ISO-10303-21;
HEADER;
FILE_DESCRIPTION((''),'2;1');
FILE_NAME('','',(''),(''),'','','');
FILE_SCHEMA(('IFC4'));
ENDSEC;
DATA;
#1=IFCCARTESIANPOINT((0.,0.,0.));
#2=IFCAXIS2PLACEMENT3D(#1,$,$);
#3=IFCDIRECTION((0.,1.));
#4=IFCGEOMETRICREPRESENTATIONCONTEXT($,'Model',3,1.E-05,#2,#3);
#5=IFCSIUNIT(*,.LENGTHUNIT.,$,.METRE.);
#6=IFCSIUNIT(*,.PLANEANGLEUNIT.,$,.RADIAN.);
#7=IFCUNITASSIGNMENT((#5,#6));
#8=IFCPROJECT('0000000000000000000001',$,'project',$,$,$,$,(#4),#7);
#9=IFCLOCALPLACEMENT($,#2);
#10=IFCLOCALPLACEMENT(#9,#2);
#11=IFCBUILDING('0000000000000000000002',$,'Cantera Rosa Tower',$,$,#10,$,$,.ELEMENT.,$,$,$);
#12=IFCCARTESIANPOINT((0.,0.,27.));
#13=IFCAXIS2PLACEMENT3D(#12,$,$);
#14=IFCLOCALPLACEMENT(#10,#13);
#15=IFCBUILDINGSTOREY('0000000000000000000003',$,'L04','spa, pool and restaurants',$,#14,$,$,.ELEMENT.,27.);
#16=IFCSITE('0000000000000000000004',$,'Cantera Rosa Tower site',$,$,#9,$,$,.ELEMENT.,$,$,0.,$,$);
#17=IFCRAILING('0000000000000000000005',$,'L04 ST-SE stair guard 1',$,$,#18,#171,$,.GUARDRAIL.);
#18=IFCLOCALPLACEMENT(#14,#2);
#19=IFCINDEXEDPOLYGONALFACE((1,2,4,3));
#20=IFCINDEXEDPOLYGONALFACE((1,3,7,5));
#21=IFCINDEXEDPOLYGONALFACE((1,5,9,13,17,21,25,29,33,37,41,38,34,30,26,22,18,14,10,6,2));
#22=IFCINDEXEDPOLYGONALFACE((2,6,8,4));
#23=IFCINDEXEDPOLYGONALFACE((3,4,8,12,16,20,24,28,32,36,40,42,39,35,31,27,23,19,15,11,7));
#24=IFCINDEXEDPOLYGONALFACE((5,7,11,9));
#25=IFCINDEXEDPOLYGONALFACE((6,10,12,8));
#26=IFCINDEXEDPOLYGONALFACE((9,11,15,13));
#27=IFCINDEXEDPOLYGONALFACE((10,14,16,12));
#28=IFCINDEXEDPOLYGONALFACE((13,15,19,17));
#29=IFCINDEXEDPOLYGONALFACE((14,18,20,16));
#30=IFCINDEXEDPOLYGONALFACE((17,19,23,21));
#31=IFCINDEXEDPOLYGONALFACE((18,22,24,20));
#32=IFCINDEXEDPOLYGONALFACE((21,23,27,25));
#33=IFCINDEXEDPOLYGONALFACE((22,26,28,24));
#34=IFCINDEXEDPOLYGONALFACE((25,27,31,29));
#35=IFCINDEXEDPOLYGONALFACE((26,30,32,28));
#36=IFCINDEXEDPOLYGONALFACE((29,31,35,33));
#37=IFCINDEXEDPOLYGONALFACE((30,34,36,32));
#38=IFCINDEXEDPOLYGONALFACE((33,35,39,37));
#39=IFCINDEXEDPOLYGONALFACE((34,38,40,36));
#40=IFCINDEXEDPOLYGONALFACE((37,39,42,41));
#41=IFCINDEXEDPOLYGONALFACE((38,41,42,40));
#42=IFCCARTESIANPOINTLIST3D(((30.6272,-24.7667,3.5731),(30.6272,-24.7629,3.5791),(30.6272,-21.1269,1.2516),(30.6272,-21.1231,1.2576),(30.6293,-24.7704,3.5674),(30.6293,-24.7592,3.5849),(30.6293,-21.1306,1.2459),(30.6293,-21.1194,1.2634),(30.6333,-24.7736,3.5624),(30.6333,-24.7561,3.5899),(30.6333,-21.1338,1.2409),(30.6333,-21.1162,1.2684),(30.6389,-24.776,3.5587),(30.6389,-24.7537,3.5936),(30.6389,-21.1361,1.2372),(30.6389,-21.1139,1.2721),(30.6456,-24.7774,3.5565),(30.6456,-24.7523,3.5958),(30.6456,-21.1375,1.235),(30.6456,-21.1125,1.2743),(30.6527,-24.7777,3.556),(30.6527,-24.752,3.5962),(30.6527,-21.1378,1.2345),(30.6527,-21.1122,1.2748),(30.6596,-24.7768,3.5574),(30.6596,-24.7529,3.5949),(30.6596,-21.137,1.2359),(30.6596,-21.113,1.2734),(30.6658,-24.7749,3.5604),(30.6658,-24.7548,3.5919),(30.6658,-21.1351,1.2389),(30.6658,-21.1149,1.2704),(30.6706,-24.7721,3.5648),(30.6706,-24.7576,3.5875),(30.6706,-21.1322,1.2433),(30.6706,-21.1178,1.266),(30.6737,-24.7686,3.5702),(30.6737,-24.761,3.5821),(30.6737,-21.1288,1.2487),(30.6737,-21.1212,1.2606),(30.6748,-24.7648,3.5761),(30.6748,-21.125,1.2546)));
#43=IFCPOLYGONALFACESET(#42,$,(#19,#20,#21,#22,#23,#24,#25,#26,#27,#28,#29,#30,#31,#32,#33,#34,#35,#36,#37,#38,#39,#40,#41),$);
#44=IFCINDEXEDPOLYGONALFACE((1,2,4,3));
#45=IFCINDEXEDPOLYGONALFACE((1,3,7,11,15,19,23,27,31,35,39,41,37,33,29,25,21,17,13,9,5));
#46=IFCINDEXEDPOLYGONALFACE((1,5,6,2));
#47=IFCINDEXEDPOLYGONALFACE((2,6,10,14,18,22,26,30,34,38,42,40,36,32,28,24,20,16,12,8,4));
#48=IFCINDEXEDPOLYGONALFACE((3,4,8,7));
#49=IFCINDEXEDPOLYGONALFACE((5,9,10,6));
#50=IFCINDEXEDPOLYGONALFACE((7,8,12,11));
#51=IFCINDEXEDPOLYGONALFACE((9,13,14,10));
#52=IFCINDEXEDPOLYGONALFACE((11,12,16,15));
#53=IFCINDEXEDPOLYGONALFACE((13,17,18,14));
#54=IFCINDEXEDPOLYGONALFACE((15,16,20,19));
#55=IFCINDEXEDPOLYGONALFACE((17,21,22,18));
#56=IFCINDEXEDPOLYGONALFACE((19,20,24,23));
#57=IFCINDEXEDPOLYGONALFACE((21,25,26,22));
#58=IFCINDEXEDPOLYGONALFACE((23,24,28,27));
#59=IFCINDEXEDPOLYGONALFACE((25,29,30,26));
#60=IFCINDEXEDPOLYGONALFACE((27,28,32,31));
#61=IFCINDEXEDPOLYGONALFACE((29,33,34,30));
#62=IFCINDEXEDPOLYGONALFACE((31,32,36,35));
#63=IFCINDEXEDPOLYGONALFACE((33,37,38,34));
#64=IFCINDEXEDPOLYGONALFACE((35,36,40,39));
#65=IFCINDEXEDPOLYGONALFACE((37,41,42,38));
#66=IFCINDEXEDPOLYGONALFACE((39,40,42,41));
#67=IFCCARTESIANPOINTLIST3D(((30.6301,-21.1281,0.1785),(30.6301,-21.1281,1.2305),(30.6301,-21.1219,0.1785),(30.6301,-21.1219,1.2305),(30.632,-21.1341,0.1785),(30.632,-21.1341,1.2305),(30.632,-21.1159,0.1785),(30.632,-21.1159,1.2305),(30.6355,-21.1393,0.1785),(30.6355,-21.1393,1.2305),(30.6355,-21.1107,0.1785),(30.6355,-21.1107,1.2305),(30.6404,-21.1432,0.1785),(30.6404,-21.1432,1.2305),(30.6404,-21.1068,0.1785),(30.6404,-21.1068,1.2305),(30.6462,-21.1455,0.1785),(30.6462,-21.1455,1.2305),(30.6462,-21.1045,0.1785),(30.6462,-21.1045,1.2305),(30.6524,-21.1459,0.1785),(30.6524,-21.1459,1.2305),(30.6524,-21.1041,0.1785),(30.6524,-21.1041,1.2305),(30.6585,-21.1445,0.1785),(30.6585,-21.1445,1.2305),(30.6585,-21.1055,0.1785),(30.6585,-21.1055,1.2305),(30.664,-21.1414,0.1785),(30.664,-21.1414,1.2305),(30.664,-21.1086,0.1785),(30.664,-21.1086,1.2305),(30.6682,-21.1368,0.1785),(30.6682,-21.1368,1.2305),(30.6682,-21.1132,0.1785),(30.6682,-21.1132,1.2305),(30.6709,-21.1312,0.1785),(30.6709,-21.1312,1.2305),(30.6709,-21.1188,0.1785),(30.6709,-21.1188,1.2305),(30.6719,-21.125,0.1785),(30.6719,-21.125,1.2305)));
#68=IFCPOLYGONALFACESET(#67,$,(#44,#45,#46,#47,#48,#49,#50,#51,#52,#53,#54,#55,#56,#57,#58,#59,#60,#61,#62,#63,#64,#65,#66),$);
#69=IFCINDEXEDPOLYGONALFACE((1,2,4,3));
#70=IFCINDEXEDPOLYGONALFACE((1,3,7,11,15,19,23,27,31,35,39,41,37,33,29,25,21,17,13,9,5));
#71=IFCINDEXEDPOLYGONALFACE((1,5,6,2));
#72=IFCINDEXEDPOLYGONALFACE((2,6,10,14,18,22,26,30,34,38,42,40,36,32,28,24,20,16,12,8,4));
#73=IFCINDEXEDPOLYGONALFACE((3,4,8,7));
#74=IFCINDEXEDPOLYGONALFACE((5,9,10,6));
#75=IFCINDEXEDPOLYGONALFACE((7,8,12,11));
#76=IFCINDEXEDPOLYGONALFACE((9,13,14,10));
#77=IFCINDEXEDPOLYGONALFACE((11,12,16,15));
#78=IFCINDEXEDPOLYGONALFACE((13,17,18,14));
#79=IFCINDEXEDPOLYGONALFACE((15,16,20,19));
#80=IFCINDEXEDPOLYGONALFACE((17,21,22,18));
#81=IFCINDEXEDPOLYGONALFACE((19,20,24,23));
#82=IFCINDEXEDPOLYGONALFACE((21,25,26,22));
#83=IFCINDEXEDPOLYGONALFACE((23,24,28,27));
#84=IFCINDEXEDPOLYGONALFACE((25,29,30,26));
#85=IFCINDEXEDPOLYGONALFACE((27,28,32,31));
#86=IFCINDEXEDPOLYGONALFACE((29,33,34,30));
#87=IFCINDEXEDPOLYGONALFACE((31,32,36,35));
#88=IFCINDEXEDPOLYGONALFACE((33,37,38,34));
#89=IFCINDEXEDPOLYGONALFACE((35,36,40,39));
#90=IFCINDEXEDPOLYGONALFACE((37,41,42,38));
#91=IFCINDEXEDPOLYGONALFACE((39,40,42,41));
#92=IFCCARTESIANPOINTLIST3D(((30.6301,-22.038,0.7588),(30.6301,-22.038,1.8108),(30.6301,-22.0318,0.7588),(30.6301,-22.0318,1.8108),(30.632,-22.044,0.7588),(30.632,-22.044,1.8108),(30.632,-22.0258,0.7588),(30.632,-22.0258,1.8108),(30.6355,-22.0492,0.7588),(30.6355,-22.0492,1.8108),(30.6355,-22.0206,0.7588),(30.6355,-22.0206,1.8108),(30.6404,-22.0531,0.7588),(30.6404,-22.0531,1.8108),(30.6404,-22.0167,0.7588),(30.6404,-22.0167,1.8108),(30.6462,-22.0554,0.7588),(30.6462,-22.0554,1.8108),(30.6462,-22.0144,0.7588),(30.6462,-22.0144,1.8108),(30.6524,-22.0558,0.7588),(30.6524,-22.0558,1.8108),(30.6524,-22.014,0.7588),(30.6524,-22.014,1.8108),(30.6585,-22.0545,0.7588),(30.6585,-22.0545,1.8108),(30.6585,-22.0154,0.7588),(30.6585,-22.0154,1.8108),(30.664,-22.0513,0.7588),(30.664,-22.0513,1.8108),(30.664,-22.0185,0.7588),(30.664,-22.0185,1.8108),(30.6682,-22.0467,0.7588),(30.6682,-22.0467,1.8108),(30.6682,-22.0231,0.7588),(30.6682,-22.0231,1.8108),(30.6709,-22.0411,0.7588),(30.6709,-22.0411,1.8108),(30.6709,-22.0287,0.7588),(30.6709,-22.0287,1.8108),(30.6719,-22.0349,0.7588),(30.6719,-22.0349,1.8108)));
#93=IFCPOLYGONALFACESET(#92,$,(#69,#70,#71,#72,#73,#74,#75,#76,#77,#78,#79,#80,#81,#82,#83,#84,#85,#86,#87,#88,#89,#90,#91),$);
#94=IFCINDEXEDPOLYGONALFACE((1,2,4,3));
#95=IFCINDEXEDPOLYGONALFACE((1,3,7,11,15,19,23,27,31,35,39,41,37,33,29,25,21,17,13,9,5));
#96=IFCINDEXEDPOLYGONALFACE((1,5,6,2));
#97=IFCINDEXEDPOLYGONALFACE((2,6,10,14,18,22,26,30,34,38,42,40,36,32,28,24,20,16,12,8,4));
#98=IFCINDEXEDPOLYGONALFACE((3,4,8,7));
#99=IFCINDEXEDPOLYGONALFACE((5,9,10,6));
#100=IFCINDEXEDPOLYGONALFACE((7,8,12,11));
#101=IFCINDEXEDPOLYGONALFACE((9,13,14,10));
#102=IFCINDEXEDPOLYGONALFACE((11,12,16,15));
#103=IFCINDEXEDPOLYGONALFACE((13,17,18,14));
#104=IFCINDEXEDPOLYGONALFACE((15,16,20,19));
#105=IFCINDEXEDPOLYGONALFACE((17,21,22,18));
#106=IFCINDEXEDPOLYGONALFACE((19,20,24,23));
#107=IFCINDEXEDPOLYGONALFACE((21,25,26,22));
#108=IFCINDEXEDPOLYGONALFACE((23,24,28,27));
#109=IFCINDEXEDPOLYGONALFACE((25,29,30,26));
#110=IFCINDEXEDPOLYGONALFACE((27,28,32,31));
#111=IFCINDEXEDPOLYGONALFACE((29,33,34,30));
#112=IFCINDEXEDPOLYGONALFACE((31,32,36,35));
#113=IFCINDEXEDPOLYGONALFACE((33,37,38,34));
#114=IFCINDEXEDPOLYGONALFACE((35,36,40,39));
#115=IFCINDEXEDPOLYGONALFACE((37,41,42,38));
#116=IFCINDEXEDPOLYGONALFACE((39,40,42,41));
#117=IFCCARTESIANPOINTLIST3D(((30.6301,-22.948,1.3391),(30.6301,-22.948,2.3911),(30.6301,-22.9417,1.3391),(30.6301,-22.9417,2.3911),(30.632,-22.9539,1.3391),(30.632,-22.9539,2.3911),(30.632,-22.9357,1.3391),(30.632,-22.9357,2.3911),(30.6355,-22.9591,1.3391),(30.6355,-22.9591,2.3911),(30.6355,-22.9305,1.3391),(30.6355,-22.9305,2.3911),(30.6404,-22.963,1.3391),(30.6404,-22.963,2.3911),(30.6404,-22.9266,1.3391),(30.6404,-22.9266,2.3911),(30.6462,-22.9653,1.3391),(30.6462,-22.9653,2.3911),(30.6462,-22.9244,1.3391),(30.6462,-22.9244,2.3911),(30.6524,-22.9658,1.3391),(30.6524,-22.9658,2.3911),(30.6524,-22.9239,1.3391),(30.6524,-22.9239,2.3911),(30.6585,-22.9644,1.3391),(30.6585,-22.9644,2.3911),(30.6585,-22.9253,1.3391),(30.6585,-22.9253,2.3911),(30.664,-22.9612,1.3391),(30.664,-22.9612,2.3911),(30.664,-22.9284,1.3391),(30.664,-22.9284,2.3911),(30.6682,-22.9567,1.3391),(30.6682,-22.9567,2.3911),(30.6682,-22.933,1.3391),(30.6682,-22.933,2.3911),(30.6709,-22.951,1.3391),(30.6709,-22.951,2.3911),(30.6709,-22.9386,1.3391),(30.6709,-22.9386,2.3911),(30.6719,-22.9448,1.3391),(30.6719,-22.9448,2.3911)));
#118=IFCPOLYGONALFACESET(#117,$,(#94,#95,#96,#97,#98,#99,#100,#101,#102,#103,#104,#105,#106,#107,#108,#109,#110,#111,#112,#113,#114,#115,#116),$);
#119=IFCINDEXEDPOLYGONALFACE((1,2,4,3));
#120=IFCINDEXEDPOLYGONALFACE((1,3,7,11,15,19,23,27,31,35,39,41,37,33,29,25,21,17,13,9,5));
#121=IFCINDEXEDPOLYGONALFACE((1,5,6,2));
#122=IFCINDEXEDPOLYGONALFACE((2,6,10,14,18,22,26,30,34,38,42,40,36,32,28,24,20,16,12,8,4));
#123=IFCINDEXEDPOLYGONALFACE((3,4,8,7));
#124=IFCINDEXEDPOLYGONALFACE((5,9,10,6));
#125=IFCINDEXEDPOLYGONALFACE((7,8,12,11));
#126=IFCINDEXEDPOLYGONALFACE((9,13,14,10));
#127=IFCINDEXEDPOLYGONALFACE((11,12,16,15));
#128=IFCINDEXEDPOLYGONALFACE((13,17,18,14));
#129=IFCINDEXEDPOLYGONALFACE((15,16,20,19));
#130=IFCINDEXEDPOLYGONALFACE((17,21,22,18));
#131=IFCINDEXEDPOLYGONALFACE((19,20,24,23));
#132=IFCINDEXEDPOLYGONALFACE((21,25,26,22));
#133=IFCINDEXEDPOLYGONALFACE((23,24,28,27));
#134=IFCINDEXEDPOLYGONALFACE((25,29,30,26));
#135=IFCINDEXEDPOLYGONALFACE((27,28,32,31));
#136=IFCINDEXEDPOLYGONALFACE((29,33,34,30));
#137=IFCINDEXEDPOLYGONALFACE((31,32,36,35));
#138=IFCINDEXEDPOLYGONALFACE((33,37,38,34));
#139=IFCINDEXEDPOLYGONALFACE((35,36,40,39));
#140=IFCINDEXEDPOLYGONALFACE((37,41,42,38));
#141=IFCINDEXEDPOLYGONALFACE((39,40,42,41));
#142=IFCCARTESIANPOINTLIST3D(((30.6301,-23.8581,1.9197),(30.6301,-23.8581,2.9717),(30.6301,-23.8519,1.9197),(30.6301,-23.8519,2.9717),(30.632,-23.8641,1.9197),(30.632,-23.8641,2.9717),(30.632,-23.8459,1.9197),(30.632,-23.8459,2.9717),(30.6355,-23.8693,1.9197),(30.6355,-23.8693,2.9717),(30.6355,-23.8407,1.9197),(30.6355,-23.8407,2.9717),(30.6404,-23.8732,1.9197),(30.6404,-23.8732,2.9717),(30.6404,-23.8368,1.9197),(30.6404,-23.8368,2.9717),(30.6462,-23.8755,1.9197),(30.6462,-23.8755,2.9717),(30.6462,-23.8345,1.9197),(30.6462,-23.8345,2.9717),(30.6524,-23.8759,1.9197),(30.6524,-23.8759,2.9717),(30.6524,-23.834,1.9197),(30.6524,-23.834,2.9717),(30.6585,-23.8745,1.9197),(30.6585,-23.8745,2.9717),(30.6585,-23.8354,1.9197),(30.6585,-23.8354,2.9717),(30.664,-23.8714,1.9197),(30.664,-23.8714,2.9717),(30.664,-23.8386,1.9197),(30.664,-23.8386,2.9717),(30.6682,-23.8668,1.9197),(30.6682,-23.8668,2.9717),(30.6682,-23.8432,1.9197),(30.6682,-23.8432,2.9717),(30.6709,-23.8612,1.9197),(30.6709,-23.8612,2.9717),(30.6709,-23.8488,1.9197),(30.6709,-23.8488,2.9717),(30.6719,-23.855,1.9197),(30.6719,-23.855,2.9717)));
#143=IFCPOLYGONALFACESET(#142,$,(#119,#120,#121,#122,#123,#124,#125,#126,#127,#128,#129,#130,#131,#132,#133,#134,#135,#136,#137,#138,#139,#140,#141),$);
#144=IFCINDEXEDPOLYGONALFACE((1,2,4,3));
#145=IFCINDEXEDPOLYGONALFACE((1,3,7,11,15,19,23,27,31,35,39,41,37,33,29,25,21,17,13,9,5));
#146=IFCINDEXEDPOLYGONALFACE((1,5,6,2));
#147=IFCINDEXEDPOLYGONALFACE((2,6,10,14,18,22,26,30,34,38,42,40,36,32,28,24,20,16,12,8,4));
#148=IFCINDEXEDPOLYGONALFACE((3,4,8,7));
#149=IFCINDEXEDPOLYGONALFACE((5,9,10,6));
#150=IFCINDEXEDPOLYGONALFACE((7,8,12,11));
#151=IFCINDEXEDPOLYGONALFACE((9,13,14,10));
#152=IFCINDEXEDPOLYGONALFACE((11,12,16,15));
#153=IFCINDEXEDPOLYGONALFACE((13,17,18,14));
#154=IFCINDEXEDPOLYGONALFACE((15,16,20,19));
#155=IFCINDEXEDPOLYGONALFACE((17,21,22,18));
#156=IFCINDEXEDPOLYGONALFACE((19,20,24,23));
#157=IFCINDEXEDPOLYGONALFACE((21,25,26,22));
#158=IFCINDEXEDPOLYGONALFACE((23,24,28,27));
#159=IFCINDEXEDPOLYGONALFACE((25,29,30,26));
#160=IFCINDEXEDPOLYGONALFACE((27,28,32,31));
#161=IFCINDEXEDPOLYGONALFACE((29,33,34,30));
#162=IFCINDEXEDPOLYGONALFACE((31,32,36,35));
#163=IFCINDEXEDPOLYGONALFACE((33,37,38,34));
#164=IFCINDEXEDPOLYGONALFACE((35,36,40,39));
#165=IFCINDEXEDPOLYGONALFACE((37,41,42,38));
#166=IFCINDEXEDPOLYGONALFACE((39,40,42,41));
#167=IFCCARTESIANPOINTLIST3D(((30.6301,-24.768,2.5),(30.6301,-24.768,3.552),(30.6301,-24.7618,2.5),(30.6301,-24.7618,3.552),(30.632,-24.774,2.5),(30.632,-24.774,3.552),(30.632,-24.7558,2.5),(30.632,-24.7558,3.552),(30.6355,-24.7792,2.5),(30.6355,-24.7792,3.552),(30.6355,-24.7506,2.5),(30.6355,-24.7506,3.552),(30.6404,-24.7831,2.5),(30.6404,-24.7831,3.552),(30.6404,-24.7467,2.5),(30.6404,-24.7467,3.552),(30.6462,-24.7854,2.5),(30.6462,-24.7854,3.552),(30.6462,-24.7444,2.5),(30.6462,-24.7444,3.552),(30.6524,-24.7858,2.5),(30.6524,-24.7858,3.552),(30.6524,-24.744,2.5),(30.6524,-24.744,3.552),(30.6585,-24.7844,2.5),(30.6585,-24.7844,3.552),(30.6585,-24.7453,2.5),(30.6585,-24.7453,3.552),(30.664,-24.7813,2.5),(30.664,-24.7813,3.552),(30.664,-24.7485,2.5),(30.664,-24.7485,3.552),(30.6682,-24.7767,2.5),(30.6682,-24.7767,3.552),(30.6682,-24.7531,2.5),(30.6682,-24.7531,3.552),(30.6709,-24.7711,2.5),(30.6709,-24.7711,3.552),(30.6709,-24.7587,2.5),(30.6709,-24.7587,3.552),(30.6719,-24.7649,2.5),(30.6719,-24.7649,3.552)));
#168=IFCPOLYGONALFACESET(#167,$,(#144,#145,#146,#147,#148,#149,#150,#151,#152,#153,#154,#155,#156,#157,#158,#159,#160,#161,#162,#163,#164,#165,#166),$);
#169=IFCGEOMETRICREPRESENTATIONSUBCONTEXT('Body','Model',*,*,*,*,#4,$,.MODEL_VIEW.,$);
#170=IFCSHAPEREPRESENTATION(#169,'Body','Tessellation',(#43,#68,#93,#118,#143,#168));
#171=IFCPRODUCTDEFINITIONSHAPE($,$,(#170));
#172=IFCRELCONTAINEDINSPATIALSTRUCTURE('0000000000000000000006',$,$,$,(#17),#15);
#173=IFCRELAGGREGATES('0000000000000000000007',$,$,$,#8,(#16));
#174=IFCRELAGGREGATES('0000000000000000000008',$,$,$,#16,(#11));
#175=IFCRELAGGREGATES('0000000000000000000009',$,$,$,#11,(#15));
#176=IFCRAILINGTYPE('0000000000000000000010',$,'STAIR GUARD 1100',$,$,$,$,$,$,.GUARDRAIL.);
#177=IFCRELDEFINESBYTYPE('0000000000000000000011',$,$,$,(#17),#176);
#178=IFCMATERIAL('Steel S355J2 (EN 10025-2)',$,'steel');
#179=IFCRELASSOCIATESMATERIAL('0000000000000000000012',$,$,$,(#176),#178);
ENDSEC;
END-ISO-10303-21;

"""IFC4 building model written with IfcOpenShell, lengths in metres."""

from ifc_helpers import new_model, si_unit, direction, frame, origin, origin_2d, place, context, subcontext, project, spatial, circle, extrude, material, type_object, element, save


model = new_model("IFC4")

# Units and contexts
model_context = context("Model", 3, precision=1e-05, world=origin(), true_north=direction((0.0, 1.0)))
body_context = subcontext(model_context, "Body", "Model", "MODEL_VIEW")
ifc_project = project(units=[si_unit("LENGTHUNIT", "METRE"), si_unit("PLANEANGLEUNIT", "RADIAN")], contexts=[model_context])

# Site, building, storey
site_placement = place(None, origin())
site = spatial("IfcSite", under=ifc_project, at=site_placement, Name="Cantera Rosa Tower site", CompositionType="ELEMENT", RefElevation=0.0)
building_placement = place(site_placement, origin())
building = spatial("IfcBuilding", under=site, at=building_placement, Name="Cantera Rosa Tower", CompositionType="ELEMENT")
storey_placement = place(building_placement, frame((0.0, 0.0, 27.0)))
storey = spatial("IfcBuildingStorey", under=building, at=storey_placement, Name="L04", Description="spa, pool and restaurants", CompositionType="ELEMENT", Elevation=27.0)

# Railing
ifc_material_1 = material(Name="Steel S355J2 (EN 10025-2)", Category="steel")
railing_type_1 = type_object("IfcRailingType", Name="STAIR GUARD 1100", PredefinedType="GUARDRAIL", material=ifc_material_1)
railing_1_placement = place(storey_placement, frame((30.6509, -21.125, 0.1785)))
element("IfcRailing", 1, at=railing_1_placement, inside=storey, type_object=railing_type_1, Name="L04 ST-SE stair guard 1", PredefinedType="GUARDRAIL", context=body_context, shape_type="SweptSolid", body=[
    extrude(circle(Radius=0.0239, at=origin_2d()), frame((0.0, 0.0, 1.0762), z_axis=(0.0, -0.843112, 0.537739), x_axis=(1.0, 0.0, 0.0)), (0.0, 0.0, 1.0), 4.3171),
    extrude(circle(Radius=0.021, at=origin_2d()), origin(), (0.0, 0.0, 1.0), 1.052),
    extrude(circle(Radius=0.021, at=origin_2d()), frame((0.0, -0.9099, 0.5803)), (0.0, 0.0, 1.0), 1.052),
    extrude(circle(Radius=0.021, at=origin_2d()), frame((0.0, -1.8198, 1.1606)), (0.0, 0.0, 1.0), 1.052),
    extrude(circle(Radius=0.021, at=origin_2d()), frame((0.0, -2.73, 1.7412)), (0.0, 0.0, 1.0), 1.052),
    extrude(circle(Radius=0.021, at=origin_2d()), frame((0.0, -3.6399, 2.3215)), (0.0, 0.0, 1.0), 1.052),
])

save(model, "model.ifc")
